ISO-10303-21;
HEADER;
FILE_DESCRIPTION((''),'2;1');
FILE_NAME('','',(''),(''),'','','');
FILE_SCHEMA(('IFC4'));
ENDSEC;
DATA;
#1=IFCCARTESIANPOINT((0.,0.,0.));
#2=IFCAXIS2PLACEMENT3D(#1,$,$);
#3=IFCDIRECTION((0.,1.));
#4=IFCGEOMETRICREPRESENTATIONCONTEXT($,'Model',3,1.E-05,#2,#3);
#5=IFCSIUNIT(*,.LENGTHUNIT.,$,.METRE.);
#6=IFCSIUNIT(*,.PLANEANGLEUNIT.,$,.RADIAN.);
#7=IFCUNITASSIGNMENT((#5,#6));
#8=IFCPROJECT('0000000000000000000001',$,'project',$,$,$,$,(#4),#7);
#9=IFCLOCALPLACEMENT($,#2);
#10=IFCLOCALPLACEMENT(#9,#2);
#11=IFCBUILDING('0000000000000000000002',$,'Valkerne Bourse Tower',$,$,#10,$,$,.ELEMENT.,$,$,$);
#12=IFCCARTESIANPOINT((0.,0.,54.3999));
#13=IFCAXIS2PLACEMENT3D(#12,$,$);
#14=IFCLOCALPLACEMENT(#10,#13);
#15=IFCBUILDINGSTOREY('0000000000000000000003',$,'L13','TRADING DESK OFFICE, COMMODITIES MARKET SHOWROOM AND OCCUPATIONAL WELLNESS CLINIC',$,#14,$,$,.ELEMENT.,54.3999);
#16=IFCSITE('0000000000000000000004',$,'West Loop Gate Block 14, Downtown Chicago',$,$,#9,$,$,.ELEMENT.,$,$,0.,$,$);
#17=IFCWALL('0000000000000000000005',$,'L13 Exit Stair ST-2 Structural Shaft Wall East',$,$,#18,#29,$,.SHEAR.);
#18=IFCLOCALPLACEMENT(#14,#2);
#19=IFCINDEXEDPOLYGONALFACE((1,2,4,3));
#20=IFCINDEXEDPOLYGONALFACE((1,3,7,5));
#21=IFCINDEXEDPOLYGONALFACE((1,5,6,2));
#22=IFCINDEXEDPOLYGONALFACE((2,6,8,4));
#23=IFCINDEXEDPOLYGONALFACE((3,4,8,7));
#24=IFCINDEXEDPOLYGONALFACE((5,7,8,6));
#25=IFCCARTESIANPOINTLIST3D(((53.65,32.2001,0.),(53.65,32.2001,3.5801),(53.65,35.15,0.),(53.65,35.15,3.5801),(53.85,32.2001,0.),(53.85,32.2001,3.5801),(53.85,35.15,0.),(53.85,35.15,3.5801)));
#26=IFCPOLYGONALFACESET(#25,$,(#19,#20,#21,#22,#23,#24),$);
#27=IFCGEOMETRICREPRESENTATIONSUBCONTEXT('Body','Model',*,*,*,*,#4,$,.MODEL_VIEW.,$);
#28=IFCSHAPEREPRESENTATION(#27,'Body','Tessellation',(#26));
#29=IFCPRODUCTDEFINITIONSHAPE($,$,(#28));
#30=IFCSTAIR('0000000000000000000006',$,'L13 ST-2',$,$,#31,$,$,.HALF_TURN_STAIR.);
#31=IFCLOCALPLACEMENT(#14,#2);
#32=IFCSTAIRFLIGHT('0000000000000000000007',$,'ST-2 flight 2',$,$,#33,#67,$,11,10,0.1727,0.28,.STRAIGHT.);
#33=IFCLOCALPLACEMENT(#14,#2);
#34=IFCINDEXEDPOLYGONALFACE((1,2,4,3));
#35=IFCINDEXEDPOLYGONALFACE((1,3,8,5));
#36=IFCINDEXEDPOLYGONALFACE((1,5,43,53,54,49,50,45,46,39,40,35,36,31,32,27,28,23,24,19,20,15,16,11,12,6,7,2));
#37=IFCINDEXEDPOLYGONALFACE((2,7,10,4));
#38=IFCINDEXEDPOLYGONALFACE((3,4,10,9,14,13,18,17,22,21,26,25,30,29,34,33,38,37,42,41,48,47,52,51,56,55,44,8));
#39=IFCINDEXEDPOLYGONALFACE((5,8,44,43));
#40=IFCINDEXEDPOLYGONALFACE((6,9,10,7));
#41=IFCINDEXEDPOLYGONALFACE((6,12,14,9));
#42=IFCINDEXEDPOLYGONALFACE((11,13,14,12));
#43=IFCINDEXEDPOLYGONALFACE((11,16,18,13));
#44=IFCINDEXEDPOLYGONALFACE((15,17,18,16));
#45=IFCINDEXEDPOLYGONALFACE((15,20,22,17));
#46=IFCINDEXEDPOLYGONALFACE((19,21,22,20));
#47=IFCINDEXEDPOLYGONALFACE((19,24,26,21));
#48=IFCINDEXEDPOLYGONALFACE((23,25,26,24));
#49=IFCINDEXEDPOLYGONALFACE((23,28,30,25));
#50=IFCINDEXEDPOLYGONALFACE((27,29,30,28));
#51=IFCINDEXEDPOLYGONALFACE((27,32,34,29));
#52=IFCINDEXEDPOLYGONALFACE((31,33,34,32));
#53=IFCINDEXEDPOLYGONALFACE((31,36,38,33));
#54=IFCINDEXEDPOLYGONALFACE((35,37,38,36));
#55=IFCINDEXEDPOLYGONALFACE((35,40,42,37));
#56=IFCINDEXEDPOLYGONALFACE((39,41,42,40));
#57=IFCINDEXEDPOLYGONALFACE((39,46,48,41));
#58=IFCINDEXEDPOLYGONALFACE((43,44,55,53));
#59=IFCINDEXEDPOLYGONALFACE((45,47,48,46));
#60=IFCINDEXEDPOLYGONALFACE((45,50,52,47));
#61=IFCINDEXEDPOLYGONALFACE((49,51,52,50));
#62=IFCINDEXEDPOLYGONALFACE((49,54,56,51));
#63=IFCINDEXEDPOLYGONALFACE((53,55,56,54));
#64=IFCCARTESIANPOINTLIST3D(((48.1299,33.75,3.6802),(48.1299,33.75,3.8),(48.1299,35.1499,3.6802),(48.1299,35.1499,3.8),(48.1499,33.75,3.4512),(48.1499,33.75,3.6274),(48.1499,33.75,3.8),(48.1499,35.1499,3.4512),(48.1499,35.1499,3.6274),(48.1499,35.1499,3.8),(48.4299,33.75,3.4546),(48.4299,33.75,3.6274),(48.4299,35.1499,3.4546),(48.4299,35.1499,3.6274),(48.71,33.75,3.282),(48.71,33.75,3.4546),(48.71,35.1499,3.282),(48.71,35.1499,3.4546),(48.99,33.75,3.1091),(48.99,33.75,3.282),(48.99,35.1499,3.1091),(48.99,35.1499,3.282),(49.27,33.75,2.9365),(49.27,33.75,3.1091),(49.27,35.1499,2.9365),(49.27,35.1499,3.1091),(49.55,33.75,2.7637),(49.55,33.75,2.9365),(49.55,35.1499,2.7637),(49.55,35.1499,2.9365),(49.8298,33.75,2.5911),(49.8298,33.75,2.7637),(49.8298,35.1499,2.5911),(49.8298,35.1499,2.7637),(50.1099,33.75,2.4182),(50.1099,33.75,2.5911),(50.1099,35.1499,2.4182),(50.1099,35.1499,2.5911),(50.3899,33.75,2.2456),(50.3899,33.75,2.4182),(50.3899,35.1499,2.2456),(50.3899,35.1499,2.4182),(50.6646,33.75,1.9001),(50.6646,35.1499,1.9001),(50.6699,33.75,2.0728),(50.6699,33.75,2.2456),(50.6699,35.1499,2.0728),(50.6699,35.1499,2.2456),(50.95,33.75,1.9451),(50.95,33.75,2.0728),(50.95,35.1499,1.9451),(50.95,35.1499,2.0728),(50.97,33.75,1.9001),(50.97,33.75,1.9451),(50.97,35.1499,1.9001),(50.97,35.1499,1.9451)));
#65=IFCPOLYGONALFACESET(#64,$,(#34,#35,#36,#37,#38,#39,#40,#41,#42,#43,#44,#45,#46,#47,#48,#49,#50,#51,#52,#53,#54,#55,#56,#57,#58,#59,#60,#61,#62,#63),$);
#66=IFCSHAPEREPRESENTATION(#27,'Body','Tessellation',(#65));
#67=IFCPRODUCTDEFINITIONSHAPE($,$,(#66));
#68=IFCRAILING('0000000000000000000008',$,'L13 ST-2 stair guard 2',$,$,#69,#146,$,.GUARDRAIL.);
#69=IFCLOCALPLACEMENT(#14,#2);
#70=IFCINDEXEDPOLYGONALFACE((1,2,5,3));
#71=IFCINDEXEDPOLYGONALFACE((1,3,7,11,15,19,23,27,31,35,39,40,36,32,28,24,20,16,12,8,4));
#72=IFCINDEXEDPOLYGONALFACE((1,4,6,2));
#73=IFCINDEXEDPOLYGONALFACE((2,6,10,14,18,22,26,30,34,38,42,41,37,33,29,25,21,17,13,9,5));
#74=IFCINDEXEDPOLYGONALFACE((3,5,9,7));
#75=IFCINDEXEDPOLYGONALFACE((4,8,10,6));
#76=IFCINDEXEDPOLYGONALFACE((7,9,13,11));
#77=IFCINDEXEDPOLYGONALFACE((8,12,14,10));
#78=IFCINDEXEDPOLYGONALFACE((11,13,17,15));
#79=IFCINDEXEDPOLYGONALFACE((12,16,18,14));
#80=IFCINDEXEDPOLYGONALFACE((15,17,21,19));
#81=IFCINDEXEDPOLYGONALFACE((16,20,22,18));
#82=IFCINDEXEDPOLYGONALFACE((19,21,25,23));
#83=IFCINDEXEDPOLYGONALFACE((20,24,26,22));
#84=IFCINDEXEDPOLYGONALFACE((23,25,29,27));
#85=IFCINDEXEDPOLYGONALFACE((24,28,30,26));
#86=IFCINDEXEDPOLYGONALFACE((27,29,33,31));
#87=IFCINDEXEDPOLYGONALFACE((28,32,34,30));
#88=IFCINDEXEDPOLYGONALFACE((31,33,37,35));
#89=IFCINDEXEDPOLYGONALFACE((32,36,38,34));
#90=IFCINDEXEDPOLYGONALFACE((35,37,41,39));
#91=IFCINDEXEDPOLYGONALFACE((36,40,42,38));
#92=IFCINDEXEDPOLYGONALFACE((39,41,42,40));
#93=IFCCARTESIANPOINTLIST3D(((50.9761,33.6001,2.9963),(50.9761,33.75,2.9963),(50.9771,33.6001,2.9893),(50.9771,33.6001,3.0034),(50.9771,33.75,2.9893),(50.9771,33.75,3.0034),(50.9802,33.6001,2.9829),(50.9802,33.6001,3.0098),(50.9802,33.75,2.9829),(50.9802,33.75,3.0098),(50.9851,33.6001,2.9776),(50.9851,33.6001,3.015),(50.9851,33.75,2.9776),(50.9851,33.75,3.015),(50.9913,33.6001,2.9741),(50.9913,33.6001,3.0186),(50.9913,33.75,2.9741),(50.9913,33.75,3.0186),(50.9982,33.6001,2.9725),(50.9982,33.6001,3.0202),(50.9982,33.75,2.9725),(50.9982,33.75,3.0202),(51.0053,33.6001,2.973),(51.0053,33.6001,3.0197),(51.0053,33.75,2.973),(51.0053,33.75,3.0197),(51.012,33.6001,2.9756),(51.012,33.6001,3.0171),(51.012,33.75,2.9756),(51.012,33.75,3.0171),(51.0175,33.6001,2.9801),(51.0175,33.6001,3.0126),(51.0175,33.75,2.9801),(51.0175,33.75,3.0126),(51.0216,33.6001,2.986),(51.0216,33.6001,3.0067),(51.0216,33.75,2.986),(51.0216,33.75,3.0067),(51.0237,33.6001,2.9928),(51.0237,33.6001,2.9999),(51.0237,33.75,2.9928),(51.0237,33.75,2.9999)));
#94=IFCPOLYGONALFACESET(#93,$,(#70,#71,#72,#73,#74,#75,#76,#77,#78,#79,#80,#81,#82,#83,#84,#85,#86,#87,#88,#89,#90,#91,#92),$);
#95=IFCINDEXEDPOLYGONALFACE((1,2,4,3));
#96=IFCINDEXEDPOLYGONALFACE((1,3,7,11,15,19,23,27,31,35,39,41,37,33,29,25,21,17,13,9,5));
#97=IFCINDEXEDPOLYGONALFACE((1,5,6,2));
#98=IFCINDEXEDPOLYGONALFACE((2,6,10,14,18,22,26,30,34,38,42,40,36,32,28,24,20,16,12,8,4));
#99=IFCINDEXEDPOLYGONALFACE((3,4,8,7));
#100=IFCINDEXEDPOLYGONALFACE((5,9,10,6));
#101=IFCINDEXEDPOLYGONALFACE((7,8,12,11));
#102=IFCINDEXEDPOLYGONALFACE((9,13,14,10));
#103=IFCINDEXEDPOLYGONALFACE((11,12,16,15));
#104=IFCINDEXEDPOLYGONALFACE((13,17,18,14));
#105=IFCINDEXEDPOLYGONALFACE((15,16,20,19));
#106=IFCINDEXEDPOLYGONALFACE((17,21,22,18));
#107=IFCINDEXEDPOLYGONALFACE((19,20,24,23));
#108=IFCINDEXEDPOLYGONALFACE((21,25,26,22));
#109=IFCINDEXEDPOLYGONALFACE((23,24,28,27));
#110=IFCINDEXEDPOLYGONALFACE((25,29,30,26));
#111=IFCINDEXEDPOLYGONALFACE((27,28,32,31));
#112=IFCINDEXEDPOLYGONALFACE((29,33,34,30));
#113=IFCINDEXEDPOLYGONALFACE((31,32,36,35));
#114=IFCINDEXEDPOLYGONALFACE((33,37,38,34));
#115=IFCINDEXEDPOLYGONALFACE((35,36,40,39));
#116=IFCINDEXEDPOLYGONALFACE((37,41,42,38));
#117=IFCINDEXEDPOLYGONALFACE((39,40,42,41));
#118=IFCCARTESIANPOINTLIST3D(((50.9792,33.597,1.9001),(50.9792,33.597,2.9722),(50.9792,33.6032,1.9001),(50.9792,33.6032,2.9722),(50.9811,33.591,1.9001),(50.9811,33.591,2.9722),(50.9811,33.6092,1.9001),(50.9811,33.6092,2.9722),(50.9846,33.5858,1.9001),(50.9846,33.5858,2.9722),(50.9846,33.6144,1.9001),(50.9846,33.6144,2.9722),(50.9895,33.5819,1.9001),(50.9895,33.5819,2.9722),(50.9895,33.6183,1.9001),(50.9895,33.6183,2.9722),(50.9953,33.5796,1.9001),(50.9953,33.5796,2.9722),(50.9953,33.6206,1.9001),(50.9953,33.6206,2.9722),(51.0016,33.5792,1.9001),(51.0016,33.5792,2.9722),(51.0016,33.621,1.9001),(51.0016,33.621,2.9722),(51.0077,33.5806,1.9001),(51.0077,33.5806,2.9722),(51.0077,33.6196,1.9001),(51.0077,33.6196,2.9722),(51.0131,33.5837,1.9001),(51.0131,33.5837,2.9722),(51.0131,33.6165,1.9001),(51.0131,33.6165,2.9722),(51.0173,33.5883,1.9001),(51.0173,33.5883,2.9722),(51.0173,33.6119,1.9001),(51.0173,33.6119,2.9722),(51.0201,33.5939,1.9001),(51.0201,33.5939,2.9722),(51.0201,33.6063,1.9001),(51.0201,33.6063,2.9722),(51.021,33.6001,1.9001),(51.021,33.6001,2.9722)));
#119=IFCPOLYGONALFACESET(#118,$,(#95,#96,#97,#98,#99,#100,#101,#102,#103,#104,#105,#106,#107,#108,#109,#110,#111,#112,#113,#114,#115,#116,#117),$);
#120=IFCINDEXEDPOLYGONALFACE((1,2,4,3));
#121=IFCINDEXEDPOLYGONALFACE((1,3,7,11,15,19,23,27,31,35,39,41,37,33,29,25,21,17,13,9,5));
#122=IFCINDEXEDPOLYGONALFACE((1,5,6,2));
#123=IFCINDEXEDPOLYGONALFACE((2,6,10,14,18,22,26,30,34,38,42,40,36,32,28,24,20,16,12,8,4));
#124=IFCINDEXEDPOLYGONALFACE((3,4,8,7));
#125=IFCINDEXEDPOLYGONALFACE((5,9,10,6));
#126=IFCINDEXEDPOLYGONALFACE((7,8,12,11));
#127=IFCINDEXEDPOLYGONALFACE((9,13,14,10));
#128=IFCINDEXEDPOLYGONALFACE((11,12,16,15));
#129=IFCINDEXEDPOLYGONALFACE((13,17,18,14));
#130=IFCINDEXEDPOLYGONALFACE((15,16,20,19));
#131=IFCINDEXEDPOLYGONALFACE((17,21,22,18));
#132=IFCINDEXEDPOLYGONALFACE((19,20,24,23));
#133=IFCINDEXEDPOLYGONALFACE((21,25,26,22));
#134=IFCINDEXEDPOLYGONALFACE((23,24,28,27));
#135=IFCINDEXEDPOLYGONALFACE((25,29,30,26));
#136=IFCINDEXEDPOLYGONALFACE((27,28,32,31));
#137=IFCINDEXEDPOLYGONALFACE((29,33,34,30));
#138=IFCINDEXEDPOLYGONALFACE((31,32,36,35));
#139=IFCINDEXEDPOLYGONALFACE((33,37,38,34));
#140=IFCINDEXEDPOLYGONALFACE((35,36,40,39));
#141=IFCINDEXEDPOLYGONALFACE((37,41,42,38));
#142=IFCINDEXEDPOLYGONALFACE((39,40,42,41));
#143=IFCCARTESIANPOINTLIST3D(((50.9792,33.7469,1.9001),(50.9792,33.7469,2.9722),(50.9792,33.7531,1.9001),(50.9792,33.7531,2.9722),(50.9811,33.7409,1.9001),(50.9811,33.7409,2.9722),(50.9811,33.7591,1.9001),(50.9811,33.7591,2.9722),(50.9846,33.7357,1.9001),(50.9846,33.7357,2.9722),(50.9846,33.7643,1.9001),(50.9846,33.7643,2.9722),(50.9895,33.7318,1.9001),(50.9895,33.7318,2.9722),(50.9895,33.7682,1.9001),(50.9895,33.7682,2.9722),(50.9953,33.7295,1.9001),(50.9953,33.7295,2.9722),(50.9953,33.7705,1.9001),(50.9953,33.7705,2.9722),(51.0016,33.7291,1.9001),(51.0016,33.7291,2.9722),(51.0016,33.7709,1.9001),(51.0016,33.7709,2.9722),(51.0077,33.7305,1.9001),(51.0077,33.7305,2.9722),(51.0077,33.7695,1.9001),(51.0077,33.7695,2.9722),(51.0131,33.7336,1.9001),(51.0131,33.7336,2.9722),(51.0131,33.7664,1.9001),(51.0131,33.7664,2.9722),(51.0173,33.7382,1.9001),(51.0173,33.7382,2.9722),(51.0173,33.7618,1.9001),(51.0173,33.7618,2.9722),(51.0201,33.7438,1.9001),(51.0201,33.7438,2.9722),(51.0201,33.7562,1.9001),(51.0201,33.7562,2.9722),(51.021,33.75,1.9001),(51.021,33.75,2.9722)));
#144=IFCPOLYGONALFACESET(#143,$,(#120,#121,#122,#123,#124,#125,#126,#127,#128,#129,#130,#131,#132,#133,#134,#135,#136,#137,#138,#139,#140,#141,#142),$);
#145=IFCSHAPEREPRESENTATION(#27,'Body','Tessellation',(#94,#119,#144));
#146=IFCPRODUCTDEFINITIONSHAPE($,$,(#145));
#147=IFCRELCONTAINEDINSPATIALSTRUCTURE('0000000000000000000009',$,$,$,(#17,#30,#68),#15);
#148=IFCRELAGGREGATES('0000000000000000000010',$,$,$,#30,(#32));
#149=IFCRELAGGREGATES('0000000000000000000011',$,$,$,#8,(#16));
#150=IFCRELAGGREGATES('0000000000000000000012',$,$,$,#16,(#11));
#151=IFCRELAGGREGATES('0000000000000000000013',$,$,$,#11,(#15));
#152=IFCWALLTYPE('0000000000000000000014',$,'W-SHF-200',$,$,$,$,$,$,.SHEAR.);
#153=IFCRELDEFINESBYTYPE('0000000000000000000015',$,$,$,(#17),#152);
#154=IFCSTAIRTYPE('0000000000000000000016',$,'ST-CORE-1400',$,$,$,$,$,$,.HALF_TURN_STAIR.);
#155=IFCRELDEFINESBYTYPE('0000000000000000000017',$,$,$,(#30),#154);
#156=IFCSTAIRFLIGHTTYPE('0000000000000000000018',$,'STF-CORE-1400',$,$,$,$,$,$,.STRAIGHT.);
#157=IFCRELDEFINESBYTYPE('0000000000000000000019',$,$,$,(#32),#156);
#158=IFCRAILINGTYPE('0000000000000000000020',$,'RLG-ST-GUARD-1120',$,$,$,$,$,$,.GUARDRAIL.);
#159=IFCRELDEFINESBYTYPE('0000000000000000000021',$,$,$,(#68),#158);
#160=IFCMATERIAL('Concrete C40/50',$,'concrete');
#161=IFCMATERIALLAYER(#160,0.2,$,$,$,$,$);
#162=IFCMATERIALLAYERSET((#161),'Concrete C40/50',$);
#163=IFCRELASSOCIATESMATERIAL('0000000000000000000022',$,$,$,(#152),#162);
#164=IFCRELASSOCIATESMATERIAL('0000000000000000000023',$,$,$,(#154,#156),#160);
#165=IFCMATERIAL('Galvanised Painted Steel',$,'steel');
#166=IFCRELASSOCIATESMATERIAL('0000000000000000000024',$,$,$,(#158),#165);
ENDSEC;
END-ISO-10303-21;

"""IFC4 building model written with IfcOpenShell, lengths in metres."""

from ifc_helpers import new_model, si_unit, direction, frame, frame_2d, origin, origin_2d, place, context, subcontext, project, spatial, polyline, rectangle, circle, outline, extrude, material, layer, layer_set, type_object, element, aggregate, save


model = new_model("IFC4")

# Units and contexts
model_context = context("Model", 3, precision=1e-05, world=origin(), true_north=direction((0.0, 1.0)))
body_context = subcontext(model_context, "Body", "Model", "MODEL_VIEW")
ifc_project = project(units=[si_unit("LENGTHUNIT", "METRE"), si_unit("PLANEANGLEUNIT", "RADIAN")], contexts=[model_context])

# Site, building, storey
site_placement = place(None, origin())
site = spatial("IfcSite", under=ifc_project, at=site_placement, Name="West Loop Gate Block 14, Downtown Chicago", CompositionType="ELEMENT", RefElevation=0.0)
building_placement = place(site_placement, origin())
building = spatial("IfcBuilding", under=site, at=building_placement, Name="Valkerne Bourse Tower", CompositionType="ELEMENT")
storey_placement = place(building_placement, frame((0.0, 0.0, 54.3999)))
storey = spatial("IfcBuildingStorey", under=building, at=storey_placement, Name="L13", Description="TRADING DESK OFFICE, COMMODITIES MARKET SHOWROOM AND OCCUPATIONAL WELLNESS CLINIC", CompositionType="ELEMENT", Elevation=54.3999)

# Shared definitions
ifc_material_1 = material(Name="Galvanised Painted Steel", Category="steel")

# Wall
ifc_material_2 = material(Name="Concrete C40/50", Category="concrete")
ifc_layer_1 = layer(ifc_material_2, 0.2)
ifc_layer_set_1 = layer_set([ifc_layer_1], Name="Concrete C40/50")
wall_type_1 = type_object("IfcWallType", Name="W-SHF-200", PredefinedType="SHEAR", material=ifc_layer_set_1)
wall_1_placement = place(storey_placement, frame((53.75, 32.2, 0.0), z_axis=(0.0, 0.0, 1.0), x_axis=(0.0, 1.0, 0.0)))
element("IfcWall", 1, at=wall_1_placement, inside=storey, type_object=wall_type_1, Name="L13 Exit Stair ST-2 Structural Shaft Wall East", PredefinedType="SHEAR", context=body_context, shape_type="SweptSolid", body=[
    extrude(rectangle(XDim=2.95, YDim=0.2, at=frame_2d((1.4751, 0.0))), origin(), (0.0, 0.0, 1.0), 3.5801),
])

# Stair, stair flight
stair_type = type_object("IfcStairType", Name="ST-CORE-1400", PredefinedType="HALF_TURN_STAIR", material=ifc_material_2)
stair_placement = place(storey_placement, origin())
stair = element("IfcStair", 2, at=stair_placement, inside=storey, type_object=stair_type, Name="L13 ST-2", PredefinedType="HALF_TURN_STAIR")
stair_flight_type = type_object("IfcStairFlightType", Name="STF-CORE-1400", PredefinedType="STRAIGHT", material=ifc_material_2)
stair_flight_placement = place(storey_placement, frame((50.95, 34.45, 1.9001), z_axis=(0.0, 0.0, 1.0), x_axis=(-1.0, 0.0, 0.0)))
stair_flight = element("IfcStairFlight", 3, at=stair_flight_placement, type_object=stair_flight_type, Name="ST-2 flight 2", NumberOfRisers=11, NumberOfTreads=10, PredefinedType="STRAIGHT", RiserHeight=0.1727, TreadLength=0.28, context=body_context, shape_type="SweptSolid", body=[
    extrude(outline(polyline([(-0.02, 0.0), (-0.02, 0.0449), (0.0, 0.0449), (0.0, 0.1726), (0.28, 0.1726), (0.28, 0.3455), (0.5601, 0.3455), (0.5601, 0.5181), (0.8401, 0.5181), (0.8401, 0.6909), (1.1201, 0.6909), (1.1201, 0.8635), (1.3999, 0.8635), (1.3999, 1.0364), (1.6799, 1.0364), (1.6799, 1.209), (1.96, 1.209), (1.96, 1.3818), (2.24, 1.3818), (2.24, 1.5544), (2.52, 1.5544), (2.52, 1.7273), (2.8, 1.7273), (2.8, 1.8999), (2.8201, 1.8999), (2.8201, 1.78), (2.8, 1.551), (0.2854, 0.0), (-0.02, 0.0)])), frame((0.0, 0.7, 0.0), z_axis=(0.0, -1.0, 0.0), x_axis=(1.0, 0.0, 0.0)), (0.0, 0.0, 1.0), 1.3999),
])
aggregate(stair, [stair_flight])

# Railing
railing_type_1 = type_object("IfcRailingType", Name="RLG-ST-GUARD-1120", PredefinedType="GUARDRAIL", material=ifc_material_1)
railing_1_placement = place(storey_placement, frame((51.0, 33.6001, 1.9001)))
element("IfcRailing", 4, at=railing_1_placement, inside=storey, type_object=railing_type_1, Name="L13 ST-2 stair guard 2", PredefinedType="GUARDRAIL", context=body_context, shape_type="SweptSolid", body=[
    extrude(circle(Radius=0.0239, at=origin_2d()), frame((0.0, 0.0, 1.0962), z_axis=(0.0, 1.0, 0.0), x_axis=(-1.0, 0.0, 0.0)), (0.0, 0.0, 1.0), 0.1499),
    extrude(circle(Radius=0.021, at=origin_2d()), origin(), (0.0, 0.0, 1.0), 1.072),
    extrude(circle(Radius=0.021, at=origin_2d()), frame((0.0, 0.1499, 0.0)), (0.0, 0.0, 1.0), 1.072),
])

save(model, "model.ifc")
